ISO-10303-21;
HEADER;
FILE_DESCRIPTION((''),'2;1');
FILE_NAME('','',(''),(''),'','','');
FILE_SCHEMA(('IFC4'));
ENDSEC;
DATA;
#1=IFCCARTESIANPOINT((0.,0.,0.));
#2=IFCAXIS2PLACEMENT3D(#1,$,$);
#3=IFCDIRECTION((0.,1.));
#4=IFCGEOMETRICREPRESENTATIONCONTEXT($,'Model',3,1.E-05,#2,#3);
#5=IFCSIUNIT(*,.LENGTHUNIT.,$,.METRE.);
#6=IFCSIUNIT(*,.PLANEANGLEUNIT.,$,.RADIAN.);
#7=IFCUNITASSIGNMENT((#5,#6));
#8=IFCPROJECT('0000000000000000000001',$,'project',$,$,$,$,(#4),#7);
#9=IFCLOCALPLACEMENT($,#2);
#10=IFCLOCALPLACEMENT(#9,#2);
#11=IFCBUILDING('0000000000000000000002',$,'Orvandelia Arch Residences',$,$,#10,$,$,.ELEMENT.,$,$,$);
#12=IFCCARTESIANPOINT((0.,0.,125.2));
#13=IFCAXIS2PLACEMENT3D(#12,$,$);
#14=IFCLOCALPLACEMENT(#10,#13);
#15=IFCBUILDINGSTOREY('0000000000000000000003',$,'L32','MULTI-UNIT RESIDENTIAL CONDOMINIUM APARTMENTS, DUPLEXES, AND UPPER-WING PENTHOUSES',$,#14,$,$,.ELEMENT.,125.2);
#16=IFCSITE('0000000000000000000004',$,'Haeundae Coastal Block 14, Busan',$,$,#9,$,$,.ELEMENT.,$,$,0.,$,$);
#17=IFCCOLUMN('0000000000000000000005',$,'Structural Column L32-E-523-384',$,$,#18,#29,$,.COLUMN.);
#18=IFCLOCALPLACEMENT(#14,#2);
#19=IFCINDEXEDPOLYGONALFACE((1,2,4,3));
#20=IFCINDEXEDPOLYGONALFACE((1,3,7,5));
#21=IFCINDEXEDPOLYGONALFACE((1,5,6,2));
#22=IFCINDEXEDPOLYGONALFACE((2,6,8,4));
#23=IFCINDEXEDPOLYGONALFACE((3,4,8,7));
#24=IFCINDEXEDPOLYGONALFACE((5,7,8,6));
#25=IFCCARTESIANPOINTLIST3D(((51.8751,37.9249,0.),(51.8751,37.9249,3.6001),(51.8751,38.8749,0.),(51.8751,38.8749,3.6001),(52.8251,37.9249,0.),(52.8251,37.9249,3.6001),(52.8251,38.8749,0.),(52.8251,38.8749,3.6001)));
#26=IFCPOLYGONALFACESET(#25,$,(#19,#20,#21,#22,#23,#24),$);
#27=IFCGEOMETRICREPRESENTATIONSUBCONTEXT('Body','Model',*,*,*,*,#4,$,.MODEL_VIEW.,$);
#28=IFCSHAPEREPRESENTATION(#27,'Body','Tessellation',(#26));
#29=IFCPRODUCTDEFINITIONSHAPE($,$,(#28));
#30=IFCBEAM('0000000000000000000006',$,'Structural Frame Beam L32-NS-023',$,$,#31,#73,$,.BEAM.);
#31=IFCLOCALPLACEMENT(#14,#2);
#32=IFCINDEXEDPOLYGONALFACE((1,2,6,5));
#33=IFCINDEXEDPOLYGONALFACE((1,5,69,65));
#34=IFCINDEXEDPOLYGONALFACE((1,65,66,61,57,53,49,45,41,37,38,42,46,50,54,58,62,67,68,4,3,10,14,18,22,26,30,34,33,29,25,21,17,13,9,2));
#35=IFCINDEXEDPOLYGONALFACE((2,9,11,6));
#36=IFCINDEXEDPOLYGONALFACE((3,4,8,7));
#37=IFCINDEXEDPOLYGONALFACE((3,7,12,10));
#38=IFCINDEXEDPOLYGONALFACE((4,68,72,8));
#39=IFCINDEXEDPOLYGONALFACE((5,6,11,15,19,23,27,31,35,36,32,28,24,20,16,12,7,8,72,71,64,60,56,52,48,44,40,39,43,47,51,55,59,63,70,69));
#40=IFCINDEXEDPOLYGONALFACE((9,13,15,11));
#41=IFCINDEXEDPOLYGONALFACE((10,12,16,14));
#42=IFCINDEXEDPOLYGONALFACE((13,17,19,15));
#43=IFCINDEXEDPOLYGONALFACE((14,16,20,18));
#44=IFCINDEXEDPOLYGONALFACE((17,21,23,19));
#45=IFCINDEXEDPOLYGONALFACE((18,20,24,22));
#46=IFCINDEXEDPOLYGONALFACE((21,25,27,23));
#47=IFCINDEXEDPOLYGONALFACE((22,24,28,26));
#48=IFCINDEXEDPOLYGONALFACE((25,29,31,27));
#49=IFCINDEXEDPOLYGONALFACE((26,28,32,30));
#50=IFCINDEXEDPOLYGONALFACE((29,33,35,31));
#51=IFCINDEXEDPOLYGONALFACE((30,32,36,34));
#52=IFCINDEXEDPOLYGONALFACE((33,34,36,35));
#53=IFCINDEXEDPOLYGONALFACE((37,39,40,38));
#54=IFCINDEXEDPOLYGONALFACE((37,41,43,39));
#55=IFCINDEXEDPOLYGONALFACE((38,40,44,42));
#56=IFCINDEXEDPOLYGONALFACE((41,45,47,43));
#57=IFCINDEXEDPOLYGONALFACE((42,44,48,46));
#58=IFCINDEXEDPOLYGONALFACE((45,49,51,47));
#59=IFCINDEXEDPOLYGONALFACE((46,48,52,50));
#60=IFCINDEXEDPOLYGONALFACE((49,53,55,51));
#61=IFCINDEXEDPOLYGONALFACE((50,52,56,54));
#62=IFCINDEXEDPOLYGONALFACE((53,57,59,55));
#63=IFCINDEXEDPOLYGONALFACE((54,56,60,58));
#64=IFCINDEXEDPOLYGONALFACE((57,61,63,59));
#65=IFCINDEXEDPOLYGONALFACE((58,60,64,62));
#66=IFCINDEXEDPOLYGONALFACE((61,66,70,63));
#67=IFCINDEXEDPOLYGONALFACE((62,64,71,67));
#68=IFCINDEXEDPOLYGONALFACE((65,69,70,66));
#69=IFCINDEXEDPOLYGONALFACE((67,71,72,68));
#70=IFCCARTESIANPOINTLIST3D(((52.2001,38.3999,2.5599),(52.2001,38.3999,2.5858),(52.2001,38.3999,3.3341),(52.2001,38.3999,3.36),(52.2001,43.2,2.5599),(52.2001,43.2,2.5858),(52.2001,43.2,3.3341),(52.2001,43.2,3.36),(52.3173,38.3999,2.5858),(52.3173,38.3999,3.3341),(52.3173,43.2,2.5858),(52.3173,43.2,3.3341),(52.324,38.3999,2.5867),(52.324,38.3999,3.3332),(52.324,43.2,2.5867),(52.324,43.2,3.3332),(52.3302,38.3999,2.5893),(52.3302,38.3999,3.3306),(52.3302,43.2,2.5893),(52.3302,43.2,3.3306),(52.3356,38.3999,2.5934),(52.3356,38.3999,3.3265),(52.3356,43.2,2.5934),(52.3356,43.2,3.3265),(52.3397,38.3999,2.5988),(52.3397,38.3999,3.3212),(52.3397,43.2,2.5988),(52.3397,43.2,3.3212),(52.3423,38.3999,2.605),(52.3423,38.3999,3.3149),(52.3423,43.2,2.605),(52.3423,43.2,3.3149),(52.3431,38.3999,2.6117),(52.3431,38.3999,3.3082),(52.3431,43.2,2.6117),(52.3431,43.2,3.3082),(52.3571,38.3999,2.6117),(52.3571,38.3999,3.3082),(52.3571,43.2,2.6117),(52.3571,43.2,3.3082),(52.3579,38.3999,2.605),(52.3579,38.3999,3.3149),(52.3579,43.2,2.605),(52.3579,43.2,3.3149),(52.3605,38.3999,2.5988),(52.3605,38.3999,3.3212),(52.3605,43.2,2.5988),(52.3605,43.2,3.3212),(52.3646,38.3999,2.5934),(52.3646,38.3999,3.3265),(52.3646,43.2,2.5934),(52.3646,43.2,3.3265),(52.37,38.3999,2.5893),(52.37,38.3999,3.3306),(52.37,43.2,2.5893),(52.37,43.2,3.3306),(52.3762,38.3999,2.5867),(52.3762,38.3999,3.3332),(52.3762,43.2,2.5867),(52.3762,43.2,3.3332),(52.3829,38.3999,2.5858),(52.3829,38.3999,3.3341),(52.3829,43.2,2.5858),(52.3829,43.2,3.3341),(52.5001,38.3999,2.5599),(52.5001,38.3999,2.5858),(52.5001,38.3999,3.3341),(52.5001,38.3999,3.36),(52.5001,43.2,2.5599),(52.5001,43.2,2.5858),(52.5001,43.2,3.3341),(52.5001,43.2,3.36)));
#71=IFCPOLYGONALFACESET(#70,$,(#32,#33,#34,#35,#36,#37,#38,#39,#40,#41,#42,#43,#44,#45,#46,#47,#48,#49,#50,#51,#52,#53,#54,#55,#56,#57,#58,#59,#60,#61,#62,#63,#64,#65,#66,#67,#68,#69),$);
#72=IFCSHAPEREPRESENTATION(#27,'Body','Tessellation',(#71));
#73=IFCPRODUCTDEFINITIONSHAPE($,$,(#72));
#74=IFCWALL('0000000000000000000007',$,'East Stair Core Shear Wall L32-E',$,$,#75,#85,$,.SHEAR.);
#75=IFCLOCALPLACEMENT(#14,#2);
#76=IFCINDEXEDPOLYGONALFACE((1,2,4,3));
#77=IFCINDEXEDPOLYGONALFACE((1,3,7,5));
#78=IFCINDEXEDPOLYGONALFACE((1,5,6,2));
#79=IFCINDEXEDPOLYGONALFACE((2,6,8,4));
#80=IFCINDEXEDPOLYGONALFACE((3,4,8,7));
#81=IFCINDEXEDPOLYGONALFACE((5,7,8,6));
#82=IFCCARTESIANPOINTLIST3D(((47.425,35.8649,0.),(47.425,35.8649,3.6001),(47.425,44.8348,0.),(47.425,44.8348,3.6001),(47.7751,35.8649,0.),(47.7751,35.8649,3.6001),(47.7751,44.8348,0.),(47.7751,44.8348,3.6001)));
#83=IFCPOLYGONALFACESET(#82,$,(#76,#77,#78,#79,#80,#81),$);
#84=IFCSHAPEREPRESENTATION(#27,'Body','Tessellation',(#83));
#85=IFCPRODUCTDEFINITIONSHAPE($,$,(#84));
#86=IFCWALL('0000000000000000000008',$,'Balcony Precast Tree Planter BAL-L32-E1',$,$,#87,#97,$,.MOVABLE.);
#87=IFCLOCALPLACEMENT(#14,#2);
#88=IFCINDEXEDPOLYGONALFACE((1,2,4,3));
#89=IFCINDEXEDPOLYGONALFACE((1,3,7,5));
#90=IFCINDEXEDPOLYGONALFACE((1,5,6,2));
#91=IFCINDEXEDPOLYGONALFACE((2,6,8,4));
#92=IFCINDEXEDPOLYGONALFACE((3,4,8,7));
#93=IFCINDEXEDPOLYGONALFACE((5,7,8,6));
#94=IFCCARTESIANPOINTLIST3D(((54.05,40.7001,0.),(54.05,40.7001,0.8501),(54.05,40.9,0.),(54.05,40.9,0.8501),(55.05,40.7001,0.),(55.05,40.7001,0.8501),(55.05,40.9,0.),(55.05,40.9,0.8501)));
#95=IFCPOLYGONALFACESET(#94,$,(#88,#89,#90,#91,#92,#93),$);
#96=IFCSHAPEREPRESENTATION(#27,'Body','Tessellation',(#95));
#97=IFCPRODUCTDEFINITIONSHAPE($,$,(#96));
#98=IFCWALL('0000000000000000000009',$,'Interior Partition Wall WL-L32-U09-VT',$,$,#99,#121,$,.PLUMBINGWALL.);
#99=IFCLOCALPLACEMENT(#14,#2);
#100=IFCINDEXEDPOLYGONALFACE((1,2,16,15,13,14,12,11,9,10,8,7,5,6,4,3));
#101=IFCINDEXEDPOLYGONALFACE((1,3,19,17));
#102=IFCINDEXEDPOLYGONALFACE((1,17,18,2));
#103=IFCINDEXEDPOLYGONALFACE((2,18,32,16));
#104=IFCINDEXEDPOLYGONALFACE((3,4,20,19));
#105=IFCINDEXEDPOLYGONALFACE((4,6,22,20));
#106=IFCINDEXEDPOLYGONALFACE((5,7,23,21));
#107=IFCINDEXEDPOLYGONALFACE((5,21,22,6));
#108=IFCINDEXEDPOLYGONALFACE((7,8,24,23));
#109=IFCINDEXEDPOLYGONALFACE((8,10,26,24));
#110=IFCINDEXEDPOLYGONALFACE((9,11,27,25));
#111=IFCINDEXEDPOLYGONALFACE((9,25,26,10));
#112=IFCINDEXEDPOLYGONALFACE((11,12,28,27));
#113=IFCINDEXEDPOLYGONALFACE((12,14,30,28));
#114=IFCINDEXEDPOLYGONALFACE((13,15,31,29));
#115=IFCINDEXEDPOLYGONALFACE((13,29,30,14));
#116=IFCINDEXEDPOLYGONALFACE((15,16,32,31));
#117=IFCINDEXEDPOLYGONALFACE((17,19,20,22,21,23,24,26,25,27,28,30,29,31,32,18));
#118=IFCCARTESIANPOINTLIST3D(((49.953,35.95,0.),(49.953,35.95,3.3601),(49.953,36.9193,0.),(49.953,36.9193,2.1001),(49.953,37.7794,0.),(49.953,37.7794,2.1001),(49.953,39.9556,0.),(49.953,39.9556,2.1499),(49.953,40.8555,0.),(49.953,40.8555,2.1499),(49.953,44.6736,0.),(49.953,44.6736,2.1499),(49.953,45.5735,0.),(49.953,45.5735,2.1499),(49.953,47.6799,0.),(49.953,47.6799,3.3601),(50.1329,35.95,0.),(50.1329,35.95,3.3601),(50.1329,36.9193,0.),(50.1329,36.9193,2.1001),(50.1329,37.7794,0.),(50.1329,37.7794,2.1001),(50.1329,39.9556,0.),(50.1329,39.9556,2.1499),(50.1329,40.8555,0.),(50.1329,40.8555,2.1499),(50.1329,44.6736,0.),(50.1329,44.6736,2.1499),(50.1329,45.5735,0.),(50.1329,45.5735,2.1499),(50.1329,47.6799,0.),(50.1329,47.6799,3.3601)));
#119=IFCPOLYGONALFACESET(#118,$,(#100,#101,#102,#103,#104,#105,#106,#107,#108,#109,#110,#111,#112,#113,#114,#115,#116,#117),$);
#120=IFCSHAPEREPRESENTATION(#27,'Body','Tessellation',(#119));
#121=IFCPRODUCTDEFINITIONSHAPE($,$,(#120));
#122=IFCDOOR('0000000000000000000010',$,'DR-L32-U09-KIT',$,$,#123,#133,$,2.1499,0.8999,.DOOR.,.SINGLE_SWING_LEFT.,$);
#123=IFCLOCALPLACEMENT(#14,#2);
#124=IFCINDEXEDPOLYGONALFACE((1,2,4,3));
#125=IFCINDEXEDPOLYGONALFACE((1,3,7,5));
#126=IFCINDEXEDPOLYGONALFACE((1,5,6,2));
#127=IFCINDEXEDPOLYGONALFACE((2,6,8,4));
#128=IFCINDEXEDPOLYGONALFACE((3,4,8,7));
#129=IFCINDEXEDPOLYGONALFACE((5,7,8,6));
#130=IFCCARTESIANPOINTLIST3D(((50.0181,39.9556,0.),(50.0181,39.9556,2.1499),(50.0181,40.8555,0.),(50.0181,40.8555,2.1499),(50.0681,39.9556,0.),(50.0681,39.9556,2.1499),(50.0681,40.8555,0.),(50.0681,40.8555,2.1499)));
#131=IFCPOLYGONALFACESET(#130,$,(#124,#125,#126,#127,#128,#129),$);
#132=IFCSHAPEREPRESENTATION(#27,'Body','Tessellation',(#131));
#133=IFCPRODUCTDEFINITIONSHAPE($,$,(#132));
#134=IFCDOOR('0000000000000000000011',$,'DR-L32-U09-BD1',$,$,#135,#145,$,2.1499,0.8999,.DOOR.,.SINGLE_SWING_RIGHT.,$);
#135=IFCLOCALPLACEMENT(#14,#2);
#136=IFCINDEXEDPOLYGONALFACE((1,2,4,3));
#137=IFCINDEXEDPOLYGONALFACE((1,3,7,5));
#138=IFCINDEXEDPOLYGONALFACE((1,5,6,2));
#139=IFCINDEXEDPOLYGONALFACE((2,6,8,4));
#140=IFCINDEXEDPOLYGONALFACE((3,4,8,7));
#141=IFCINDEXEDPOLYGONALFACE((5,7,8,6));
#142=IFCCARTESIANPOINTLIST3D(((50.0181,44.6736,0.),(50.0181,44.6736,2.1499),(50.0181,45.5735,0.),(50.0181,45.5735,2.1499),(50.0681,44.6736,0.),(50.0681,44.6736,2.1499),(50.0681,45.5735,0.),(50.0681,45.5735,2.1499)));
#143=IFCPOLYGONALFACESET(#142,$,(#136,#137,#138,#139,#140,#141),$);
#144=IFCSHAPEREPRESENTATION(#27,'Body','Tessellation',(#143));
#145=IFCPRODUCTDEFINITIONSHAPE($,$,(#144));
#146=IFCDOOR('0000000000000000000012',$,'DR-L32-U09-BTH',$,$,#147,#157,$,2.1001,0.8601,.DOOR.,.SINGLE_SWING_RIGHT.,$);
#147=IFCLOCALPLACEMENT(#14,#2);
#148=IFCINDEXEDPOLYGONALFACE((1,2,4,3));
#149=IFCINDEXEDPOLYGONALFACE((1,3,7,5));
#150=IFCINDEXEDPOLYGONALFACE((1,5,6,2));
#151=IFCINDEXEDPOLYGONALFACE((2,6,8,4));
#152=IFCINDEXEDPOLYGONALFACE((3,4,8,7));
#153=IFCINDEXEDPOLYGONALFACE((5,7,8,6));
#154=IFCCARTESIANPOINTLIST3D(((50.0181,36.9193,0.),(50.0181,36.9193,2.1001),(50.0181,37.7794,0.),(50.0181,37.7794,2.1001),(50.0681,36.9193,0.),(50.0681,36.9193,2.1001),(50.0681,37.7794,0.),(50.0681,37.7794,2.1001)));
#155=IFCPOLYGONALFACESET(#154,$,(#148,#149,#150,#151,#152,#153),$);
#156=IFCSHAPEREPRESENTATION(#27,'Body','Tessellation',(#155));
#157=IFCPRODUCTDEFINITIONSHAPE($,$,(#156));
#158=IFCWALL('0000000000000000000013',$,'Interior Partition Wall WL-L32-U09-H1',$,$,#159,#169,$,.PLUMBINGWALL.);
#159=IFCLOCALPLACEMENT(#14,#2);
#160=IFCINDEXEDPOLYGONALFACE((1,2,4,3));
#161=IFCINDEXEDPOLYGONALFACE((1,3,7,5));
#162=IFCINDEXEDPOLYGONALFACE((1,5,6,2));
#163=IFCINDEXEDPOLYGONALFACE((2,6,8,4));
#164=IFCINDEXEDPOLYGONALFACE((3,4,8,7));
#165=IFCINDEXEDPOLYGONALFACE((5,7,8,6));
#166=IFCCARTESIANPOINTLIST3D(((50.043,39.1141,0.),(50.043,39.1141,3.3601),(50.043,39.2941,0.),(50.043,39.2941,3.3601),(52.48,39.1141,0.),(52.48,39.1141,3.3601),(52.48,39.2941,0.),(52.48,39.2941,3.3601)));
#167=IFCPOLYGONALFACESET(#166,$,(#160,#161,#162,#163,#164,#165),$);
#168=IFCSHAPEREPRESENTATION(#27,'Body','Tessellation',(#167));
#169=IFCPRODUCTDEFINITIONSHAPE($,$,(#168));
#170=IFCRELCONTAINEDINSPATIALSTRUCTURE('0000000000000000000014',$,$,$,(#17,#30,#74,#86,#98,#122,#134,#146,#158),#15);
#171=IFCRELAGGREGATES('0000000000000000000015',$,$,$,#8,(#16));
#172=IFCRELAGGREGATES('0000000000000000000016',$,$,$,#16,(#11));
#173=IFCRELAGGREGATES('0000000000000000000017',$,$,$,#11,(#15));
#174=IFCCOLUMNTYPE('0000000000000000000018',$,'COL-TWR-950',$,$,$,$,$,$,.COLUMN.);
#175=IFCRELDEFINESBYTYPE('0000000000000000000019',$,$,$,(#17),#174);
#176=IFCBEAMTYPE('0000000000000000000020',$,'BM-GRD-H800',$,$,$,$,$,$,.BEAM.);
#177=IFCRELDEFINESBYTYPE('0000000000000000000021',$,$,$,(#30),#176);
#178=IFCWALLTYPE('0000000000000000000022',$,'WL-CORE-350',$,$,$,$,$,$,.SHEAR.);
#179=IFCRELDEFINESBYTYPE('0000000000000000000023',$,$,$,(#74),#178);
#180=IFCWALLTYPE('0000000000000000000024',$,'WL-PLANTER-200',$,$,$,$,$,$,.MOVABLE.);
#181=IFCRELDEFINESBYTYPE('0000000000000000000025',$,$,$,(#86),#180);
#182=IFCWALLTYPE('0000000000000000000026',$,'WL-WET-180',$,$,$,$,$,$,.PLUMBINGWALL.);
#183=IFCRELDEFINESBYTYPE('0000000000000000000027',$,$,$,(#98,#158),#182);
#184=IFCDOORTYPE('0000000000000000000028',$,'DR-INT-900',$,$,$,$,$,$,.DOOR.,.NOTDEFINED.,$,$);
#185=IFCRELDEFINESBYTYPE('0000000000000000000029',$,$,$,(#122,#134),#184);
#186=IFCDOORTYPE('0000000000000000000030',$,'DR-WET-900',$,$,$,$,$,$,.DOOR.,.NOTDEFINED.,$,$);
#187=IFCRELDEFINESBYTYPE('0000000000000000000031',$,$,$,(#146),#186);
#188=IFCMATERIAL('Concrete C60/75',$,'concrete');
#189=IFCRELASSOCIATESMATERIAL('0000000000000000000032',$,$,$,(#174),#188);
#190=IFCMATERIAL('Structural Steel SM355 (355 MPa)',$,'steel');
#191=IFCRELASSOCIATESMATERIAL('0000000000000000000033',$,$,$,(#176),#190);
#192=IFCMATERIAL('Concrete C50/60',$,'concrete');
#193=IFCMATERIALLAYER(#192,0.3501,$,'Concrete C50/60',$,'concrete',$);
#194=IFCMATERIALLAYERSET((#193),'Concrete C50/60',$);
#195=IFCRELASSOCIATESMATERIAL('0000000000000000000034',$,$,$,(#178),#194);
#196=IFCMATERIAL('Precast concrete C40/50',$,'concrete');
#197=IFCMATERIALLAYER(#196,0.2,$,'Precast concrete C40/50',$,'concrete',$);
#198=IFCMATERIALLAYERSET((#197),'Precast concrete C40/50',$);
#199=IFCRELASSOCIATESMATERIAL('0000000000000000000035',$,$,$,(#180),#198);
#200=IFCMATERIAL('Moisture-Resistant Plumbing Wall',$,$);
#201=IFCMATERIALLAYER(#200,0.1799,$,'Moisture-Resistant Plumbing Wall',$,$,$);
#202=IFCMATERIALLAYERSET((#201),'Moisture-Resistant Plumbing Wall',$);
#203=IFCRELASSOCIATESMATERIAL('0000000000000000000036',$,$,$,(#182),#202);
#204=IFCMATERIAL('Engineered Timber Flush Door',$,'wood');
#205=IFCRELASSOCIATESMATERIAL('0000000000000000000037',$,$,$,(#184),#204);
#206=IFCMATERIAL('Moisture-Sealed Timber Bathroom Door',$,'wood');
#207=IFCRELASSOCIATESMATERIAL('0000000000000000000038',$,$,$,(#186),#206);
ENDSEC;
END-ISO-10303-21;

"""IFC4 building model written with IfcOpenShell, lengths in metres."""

from ifc_helpers import new_model, si_unit, direction, frame, frame_2d, origin, origin_2d, place, context, subcontext, project, spatial, rectangle, i_section, extrude, material, layer, layer_set, material_profile, profile_set, type_object, element, fill, save


model = new_model("IFC4")

# Units and contexts
model_context = context("Model", 3, precision=1e-05, world=origin(), true_north=direction((0.0, 1.0)))
body_context = subcontext(model_context, "Body", "Model", "MODEL_VIEW")
ifc_project = project(units=[si_unit("LENGTHUNIT", "METRE"), si_unit("PLANEANGLEUNIT", "RADIAN")], contexts=[model_context])

# Site, building, storey
site_placement = place(None, origin())
site = spatial("IfcSite", under=ifc_project, at=site_placement, Name="Haeundae Coastal Block 14, Busan", CompositionType="ELEMENT", RefElevation=0.0)
building_placement = place(site_placement, origin())
building = spatial("IfcBuilding", under=site, at=building_placement, Name="Orvandelia Arch Residences", CompositionType="ELEMENT")
storey_placement = place(building_placement, frame((0.0, 0.0, 125.2)))
storey = spatial("IfcBuildingStorey", under=building, at=storey_placement, Name="L32", Description="MULTI-UNIT RESIDENTIAL CONDOMINIUM APARTMENTS, DUPLEXES, AND UPPER-WING PENTHOUSES", CompositionType="ELEMENT", Elevation=125.2)

# Column
ifc_material_1 = material(Name="Concrete C60/75", Category="concrete")
ifc_material_profile_1 = material_profile(ifc_material_1, rectangle(XDim=0.95, YDim=0.95, at=origin_2d()), Name="Concrete C60/75", Category="concrete")
ifc_profile_set_1 = profile_set([ifc_material_profile_1], Name="Concrete C60/75")
column_type = type_object("IfcColumnType", Name="COL-TWR-950", PredefinedType="COLUMN", material=ifc_profile_set_1)
column_placement = place(storey_placement, frame((52.3501, 38.3999, 0.0), z_axis=(0.0, 0.0, 1.0), x_axis=(1.0, 0.0, 0.0)))
element("IfcColumn", 1, at=column_placement, inside=storey, type_object=column_type, Name="Structural Column L32-E-523-384", PredefinedType="COLUMN", context=body_context, shape_type="SweptSolid", body=[
    extrude(rectangle(XDim=0.95, YDim=0.95, at=origin_2d()), origin(), (0.0, 0.0, 1.0), 3.6001),
])

# Beam
ifc_material_2 = material(Name="Structural Steel SM355 (355 MPa)", Category="steel")
ifc_material_profile_2 = material_profile(ifc_material_2, i_section(OverallWidth=0.3, OverallDepth=0.8, WebThickness=0.0139, FlangeThickness=0.0259, FilletRadius=0.0259, at=origin_2d()), Name="Structural Steel SM355 (355 MPa)", Category="steel")
ifc_profile_set_2 = profile_set([ifc_material_profile_2], Name="Structural Steel SM355 (355 MPa)")
beam_type = type_object("IfcBeamType", Name="BM-GRD-H800", PredefinedType="BEAM", material=ifc_profile_set_2)
beam_placement = place(storey_placement, frame((52.3501, 38.3999, 2.96), z_axis=(0.0, 1.0, 0.0), x_axis=(-1.0, 0.0, 0.0)))
element("IfcBeam", 2, at=beam_placement, inside=storey, type_object=beam_type, Name="Structural Frame Beam L32-NS-023", PredefinedType="BEAM", context=body_context, shape_type="SweptSolid", body=[
    extrude(i_section(OverallWidth=0.3, OverallDepth=0.8, WebThickness=0.0139, FlangeThickness=0.0259, FilletRadius=0.0259, at=origin_2d()), origin(), (0.0, 0.0, 1.0), 4.8),
])

# Walls
ifc_material_3 = material(Name="Concrete C50/60", Category="concrete")
ifc_layer_1 = layer(ifc_material_3, 0.3501, Name="Concrete C50/60", Category="concrete")
ifc_layer_set_1 = layer_set([ifc_layer_1], Name="Concrete C50/60")
wall_type_1 = type_object("IfcWallType", Name="WL-CORE-350", PredefinedType="SHEAR", material=ifc_layer_set_1)
wall_1_placement = place(storey_placement, frame((47.6001, 35.865, 0.0), z_axis=(0.0, 0.0, 1.0), x_axis=(0.0, 1.0, 0.0)))
element("IfcWall", 3, at=wall_1_placement, inside=storey, type_object=wall_type_1, Name="East Stair Core Shear Wall L32-E", PredefinedType="SHEAR", context=body_context, shape_type="SweptSolid", body=[
    extrude(rectangle(XDim=8.97, YDim=0.3501, at=frame_2d((4.4849, 0.0))), origin(), (0.0, 0.0, 1.0), 3.6001),
])
ifc_material_4 = material(Name="Precast concrete C40/50", Category="concrete")
ifc_layer_2 = layer(ifc_material_4, 0.2, Name="Precast concrete C40/50", Category="concrete")
ifc_layer_set_2 = layer_set([ifc_layer_2], Name="Precast concrete C40/50")
wall_type_2 = type_object("IfcWallType", Name="WL-PLANTER-200", PredefinedType="MOVABLE", material=ifc_layer_set_2)
wall_2_placement = place(storey_placement, frame((54.05, 40.8, 0.0), z_axis=(0.0, 0.0, 1.0), x_axis=(1.0, 0.0, 0.0)))
element("IfcWall", 4, at=wall_2_placement, inside=storey, type_object=wall_type_2, Name="Balcony Precast Tree Planter BAL-L32-E1", PredefinedType="MOVABLE", context=body_context, shape_type="SweptSolid", body=[
    extrude(rectangle(XDim=1.0, YDim=0.2, at=frame_2d((0.5, 0.0))), origin(), (0.0, 0.0, 1.0), 0.8501),
])

# Wall, openings, doors
ifc_material_5 = material(Name="Moisture-Resistant Plumbing Wall")
ifc_layer_3 = layer(ifc_material_5, 0.1799, Name="Moisture-Resistant Plumbing Wall")
ifc_layer_set_3 = layer_set([ifc_layer_3], Name="Moisture-Resistant Plumbing Wall")
wall_type_3 = type_object("IfcWallType", Name="WL-WET-180", PredefinedType="PLUMBINGWALL", material=ifc_layer_set_3)
wall_3_placement = place(storey_placement, frame((50.043, 35.95, 0.0), z_axis=(0.0, 0.0, 1.0), x_axis=(0.0, 1.0, 0.0)))
wall_3 = element("IfcWall", 5, at=wall_3_placement, inside=storey, type_object=wall_type_3, Name="Interior Partition Wall WL-L32-U09-VT", PredefinedType="PLUMBINGWALL", context=body_context, shape_type="SweptSolid", body=[
    extrude(rectangle(XDim=11.73, YDim=0.1799, at=frame_2d((5.865, 0.0))), origin(), (0.0, 0.0, 1.0), 3.3601),
])
opening_1_placement = place(wall_3_placement, frame((0.9692, 0.0, 0.0)))
opening_1 = element("IfcOpeningElement", 6, at=opening_1_placement, cuts=wall_3, PredefinedType="OPENING", context=body_context, shape_type="SweptSolid", body=[
    extrude(rectangle(XDim=0.8601, YDim=2.1001, at=frame_2d((0.4302, 1.05))), frame((0.0, 0.1001, 0.0), z_axis=(0.0, -1.0, 0.0), x_axis=(1.0, 0.0, 0.0)), (0.0, 0.0, 1.0), 0.2),
])
opening_2_placement = place(wall_3_placement, frame((4.0056, 0.0, 0.0)))
opening_2 = element("IfcOpeningElement", 7, at=opening_2_placement, cuts=wall_3, PredefinedType="OPENING", context=body_context, shape_type="SweptSolid", body=[
    extrude(rectangle(XDim=0.8999, YDim=2.1499, at=frame_2d((0.45, 1.075))), frame((0.0, 0.1001, 0.0), z_axis=(0.0, -1.0, 0.0), x_axis=(1.0, 0.0, 0.0)), (0.0, 0.0, 1.0), 0.2),
])
opening_3_placement = place(wall_3_placement, frame((8.7236, 0.0, 0.0)))
opening_3 = element("IfcOpeningElement", 8, at=opening_3_placement, cuts=wall_3, PredefinedType="OPENING", context=body_context, shape_type="SweptSolid", body=[
    extrude(rectangle(XDim=0.8999, YDim=2.1499, at=frame_2d((0.45, 1.075))), frame((0.0, 0.1001, 0.0), z_axis=(0.0, -1.0, 0.0), x_axis=(1.0, 0.0, 0.0)), (0.0, 0.0, 1.0), 0.2),
])
ifc_material_6 = material(Name="Engineered Timber Flush Door", Category="wood")
door_type_1 = type_object("IfcDoorType", Name="DR-INT-900", OperationType="NOTDEFINED", PredefinedType="DOOR", material=ifc_material_6)
door_1_placement = place(opening_2_placement, origin())
door_1 = element("IfcDoor", 9, at=door_1_placement, inside=storey, type_object=door_type_1, Name="DR-L32-U09-KIT", OperationType="SINGLE_SWING_LEFT", OverallHeight=2.1499, OverallWidth=0.8999, PredefinedType="DOOR", context=body_context, shape_type="SweptSolid", body=[
    extrude(rectangle(XDim=0.8999, YDim=2.1499, at=frame_2d((0.45, 1.075))), frame((0.0, 0.0249, 0.0), z_axis=(0.0, -1.0, 0.0), x_axis=(1.0, 0.0, 0.0)), (0.0, 0.0, 1.0), 0.05),
])
fill(opening_2, door_1)
door_2_placement = place(opening_3_placement, origin())
door_2 = element("IfcDoor", 10, at=door_2_placement, inside=storey, type_object=door_type_1, Name="DR-L32-U09-BD1", OperationType="SINGLE_SWING_RIGHT", OverallHeight=2.1499, OverallWidth=0.8999, PredefinedType="DOOR", context=body_context, shape_type="SweptSolid", body=[
    extrude(rectangle(XDim=0.8999, YDim=2.1499, at=frame_2d((0.45, 1.075))), frame((0.0, 0.0249, 0.0), z_axis=(0.0, -1.0, 0.0), x_axis=(1.0, 0.0, 0.0)), (0.0, 0.0, 1.0), 0.05),
])
fill(opening_3, door_2)
ifc_material_7 = material(Name="Moisture-Sealed Timber Bathroom Door", Category="wood")
door_type_2 = type_object("IfcDoorType", Name="DR-WET-900", OperationType="NOTDEFINED", PredefinedType="DOOR", material=ifc_material_7)
door_3_placement = place(opening_1_placement, origin())
door_3 = element("IfcDoor", 11, at=door_3_placement, inside=storey, type_object=door_type_2, Name="DR-L32-U09-BTH", OperationType="SINGLE_SWING_RIGHT", OverallHeight=2.1001, OverallWidth=0.8601, PredefinedType="DOOR", context=body_context, shape_type="SweptSolid", body=[
    extrude(rectangle(XDim=0.8601, YDim=2.1001, at=frame_2d((0.4302, 1.05))), frame((0.0, 0.0249, 0.0), z_axis=(0.0, -1.0, 0.0), x_axis=(1.0, 0.0, 0.0)), (0.0, 0.0, 1.0), 0.05),
])
fill(opening_1, door_3)

# Wall
wall_4_placement = place(storey_placement, frame((50.043, 39.2041, 0.0), z_axis=(0.0, 0.0, 1.0), x_axis=(1.0, 0.0, 0.0)))
element("IfcWall", 12, at=wall_4_placement, inside=storey, type_object=wall_type_3, Name="Interior Partition Wall WL-L32-U09-H1", PredefinedType="PLUMBINGWALL", context=body_context, shape_type="SweptSolid", body=[
    extrude(rectangle(XDim=2.437, YDim=0.1799, at=frame_2d((1.2185, 0.0))), origin(), (0.0, 0.0, 1.0), 3.3601),
])

save(model, "model.ifc")
